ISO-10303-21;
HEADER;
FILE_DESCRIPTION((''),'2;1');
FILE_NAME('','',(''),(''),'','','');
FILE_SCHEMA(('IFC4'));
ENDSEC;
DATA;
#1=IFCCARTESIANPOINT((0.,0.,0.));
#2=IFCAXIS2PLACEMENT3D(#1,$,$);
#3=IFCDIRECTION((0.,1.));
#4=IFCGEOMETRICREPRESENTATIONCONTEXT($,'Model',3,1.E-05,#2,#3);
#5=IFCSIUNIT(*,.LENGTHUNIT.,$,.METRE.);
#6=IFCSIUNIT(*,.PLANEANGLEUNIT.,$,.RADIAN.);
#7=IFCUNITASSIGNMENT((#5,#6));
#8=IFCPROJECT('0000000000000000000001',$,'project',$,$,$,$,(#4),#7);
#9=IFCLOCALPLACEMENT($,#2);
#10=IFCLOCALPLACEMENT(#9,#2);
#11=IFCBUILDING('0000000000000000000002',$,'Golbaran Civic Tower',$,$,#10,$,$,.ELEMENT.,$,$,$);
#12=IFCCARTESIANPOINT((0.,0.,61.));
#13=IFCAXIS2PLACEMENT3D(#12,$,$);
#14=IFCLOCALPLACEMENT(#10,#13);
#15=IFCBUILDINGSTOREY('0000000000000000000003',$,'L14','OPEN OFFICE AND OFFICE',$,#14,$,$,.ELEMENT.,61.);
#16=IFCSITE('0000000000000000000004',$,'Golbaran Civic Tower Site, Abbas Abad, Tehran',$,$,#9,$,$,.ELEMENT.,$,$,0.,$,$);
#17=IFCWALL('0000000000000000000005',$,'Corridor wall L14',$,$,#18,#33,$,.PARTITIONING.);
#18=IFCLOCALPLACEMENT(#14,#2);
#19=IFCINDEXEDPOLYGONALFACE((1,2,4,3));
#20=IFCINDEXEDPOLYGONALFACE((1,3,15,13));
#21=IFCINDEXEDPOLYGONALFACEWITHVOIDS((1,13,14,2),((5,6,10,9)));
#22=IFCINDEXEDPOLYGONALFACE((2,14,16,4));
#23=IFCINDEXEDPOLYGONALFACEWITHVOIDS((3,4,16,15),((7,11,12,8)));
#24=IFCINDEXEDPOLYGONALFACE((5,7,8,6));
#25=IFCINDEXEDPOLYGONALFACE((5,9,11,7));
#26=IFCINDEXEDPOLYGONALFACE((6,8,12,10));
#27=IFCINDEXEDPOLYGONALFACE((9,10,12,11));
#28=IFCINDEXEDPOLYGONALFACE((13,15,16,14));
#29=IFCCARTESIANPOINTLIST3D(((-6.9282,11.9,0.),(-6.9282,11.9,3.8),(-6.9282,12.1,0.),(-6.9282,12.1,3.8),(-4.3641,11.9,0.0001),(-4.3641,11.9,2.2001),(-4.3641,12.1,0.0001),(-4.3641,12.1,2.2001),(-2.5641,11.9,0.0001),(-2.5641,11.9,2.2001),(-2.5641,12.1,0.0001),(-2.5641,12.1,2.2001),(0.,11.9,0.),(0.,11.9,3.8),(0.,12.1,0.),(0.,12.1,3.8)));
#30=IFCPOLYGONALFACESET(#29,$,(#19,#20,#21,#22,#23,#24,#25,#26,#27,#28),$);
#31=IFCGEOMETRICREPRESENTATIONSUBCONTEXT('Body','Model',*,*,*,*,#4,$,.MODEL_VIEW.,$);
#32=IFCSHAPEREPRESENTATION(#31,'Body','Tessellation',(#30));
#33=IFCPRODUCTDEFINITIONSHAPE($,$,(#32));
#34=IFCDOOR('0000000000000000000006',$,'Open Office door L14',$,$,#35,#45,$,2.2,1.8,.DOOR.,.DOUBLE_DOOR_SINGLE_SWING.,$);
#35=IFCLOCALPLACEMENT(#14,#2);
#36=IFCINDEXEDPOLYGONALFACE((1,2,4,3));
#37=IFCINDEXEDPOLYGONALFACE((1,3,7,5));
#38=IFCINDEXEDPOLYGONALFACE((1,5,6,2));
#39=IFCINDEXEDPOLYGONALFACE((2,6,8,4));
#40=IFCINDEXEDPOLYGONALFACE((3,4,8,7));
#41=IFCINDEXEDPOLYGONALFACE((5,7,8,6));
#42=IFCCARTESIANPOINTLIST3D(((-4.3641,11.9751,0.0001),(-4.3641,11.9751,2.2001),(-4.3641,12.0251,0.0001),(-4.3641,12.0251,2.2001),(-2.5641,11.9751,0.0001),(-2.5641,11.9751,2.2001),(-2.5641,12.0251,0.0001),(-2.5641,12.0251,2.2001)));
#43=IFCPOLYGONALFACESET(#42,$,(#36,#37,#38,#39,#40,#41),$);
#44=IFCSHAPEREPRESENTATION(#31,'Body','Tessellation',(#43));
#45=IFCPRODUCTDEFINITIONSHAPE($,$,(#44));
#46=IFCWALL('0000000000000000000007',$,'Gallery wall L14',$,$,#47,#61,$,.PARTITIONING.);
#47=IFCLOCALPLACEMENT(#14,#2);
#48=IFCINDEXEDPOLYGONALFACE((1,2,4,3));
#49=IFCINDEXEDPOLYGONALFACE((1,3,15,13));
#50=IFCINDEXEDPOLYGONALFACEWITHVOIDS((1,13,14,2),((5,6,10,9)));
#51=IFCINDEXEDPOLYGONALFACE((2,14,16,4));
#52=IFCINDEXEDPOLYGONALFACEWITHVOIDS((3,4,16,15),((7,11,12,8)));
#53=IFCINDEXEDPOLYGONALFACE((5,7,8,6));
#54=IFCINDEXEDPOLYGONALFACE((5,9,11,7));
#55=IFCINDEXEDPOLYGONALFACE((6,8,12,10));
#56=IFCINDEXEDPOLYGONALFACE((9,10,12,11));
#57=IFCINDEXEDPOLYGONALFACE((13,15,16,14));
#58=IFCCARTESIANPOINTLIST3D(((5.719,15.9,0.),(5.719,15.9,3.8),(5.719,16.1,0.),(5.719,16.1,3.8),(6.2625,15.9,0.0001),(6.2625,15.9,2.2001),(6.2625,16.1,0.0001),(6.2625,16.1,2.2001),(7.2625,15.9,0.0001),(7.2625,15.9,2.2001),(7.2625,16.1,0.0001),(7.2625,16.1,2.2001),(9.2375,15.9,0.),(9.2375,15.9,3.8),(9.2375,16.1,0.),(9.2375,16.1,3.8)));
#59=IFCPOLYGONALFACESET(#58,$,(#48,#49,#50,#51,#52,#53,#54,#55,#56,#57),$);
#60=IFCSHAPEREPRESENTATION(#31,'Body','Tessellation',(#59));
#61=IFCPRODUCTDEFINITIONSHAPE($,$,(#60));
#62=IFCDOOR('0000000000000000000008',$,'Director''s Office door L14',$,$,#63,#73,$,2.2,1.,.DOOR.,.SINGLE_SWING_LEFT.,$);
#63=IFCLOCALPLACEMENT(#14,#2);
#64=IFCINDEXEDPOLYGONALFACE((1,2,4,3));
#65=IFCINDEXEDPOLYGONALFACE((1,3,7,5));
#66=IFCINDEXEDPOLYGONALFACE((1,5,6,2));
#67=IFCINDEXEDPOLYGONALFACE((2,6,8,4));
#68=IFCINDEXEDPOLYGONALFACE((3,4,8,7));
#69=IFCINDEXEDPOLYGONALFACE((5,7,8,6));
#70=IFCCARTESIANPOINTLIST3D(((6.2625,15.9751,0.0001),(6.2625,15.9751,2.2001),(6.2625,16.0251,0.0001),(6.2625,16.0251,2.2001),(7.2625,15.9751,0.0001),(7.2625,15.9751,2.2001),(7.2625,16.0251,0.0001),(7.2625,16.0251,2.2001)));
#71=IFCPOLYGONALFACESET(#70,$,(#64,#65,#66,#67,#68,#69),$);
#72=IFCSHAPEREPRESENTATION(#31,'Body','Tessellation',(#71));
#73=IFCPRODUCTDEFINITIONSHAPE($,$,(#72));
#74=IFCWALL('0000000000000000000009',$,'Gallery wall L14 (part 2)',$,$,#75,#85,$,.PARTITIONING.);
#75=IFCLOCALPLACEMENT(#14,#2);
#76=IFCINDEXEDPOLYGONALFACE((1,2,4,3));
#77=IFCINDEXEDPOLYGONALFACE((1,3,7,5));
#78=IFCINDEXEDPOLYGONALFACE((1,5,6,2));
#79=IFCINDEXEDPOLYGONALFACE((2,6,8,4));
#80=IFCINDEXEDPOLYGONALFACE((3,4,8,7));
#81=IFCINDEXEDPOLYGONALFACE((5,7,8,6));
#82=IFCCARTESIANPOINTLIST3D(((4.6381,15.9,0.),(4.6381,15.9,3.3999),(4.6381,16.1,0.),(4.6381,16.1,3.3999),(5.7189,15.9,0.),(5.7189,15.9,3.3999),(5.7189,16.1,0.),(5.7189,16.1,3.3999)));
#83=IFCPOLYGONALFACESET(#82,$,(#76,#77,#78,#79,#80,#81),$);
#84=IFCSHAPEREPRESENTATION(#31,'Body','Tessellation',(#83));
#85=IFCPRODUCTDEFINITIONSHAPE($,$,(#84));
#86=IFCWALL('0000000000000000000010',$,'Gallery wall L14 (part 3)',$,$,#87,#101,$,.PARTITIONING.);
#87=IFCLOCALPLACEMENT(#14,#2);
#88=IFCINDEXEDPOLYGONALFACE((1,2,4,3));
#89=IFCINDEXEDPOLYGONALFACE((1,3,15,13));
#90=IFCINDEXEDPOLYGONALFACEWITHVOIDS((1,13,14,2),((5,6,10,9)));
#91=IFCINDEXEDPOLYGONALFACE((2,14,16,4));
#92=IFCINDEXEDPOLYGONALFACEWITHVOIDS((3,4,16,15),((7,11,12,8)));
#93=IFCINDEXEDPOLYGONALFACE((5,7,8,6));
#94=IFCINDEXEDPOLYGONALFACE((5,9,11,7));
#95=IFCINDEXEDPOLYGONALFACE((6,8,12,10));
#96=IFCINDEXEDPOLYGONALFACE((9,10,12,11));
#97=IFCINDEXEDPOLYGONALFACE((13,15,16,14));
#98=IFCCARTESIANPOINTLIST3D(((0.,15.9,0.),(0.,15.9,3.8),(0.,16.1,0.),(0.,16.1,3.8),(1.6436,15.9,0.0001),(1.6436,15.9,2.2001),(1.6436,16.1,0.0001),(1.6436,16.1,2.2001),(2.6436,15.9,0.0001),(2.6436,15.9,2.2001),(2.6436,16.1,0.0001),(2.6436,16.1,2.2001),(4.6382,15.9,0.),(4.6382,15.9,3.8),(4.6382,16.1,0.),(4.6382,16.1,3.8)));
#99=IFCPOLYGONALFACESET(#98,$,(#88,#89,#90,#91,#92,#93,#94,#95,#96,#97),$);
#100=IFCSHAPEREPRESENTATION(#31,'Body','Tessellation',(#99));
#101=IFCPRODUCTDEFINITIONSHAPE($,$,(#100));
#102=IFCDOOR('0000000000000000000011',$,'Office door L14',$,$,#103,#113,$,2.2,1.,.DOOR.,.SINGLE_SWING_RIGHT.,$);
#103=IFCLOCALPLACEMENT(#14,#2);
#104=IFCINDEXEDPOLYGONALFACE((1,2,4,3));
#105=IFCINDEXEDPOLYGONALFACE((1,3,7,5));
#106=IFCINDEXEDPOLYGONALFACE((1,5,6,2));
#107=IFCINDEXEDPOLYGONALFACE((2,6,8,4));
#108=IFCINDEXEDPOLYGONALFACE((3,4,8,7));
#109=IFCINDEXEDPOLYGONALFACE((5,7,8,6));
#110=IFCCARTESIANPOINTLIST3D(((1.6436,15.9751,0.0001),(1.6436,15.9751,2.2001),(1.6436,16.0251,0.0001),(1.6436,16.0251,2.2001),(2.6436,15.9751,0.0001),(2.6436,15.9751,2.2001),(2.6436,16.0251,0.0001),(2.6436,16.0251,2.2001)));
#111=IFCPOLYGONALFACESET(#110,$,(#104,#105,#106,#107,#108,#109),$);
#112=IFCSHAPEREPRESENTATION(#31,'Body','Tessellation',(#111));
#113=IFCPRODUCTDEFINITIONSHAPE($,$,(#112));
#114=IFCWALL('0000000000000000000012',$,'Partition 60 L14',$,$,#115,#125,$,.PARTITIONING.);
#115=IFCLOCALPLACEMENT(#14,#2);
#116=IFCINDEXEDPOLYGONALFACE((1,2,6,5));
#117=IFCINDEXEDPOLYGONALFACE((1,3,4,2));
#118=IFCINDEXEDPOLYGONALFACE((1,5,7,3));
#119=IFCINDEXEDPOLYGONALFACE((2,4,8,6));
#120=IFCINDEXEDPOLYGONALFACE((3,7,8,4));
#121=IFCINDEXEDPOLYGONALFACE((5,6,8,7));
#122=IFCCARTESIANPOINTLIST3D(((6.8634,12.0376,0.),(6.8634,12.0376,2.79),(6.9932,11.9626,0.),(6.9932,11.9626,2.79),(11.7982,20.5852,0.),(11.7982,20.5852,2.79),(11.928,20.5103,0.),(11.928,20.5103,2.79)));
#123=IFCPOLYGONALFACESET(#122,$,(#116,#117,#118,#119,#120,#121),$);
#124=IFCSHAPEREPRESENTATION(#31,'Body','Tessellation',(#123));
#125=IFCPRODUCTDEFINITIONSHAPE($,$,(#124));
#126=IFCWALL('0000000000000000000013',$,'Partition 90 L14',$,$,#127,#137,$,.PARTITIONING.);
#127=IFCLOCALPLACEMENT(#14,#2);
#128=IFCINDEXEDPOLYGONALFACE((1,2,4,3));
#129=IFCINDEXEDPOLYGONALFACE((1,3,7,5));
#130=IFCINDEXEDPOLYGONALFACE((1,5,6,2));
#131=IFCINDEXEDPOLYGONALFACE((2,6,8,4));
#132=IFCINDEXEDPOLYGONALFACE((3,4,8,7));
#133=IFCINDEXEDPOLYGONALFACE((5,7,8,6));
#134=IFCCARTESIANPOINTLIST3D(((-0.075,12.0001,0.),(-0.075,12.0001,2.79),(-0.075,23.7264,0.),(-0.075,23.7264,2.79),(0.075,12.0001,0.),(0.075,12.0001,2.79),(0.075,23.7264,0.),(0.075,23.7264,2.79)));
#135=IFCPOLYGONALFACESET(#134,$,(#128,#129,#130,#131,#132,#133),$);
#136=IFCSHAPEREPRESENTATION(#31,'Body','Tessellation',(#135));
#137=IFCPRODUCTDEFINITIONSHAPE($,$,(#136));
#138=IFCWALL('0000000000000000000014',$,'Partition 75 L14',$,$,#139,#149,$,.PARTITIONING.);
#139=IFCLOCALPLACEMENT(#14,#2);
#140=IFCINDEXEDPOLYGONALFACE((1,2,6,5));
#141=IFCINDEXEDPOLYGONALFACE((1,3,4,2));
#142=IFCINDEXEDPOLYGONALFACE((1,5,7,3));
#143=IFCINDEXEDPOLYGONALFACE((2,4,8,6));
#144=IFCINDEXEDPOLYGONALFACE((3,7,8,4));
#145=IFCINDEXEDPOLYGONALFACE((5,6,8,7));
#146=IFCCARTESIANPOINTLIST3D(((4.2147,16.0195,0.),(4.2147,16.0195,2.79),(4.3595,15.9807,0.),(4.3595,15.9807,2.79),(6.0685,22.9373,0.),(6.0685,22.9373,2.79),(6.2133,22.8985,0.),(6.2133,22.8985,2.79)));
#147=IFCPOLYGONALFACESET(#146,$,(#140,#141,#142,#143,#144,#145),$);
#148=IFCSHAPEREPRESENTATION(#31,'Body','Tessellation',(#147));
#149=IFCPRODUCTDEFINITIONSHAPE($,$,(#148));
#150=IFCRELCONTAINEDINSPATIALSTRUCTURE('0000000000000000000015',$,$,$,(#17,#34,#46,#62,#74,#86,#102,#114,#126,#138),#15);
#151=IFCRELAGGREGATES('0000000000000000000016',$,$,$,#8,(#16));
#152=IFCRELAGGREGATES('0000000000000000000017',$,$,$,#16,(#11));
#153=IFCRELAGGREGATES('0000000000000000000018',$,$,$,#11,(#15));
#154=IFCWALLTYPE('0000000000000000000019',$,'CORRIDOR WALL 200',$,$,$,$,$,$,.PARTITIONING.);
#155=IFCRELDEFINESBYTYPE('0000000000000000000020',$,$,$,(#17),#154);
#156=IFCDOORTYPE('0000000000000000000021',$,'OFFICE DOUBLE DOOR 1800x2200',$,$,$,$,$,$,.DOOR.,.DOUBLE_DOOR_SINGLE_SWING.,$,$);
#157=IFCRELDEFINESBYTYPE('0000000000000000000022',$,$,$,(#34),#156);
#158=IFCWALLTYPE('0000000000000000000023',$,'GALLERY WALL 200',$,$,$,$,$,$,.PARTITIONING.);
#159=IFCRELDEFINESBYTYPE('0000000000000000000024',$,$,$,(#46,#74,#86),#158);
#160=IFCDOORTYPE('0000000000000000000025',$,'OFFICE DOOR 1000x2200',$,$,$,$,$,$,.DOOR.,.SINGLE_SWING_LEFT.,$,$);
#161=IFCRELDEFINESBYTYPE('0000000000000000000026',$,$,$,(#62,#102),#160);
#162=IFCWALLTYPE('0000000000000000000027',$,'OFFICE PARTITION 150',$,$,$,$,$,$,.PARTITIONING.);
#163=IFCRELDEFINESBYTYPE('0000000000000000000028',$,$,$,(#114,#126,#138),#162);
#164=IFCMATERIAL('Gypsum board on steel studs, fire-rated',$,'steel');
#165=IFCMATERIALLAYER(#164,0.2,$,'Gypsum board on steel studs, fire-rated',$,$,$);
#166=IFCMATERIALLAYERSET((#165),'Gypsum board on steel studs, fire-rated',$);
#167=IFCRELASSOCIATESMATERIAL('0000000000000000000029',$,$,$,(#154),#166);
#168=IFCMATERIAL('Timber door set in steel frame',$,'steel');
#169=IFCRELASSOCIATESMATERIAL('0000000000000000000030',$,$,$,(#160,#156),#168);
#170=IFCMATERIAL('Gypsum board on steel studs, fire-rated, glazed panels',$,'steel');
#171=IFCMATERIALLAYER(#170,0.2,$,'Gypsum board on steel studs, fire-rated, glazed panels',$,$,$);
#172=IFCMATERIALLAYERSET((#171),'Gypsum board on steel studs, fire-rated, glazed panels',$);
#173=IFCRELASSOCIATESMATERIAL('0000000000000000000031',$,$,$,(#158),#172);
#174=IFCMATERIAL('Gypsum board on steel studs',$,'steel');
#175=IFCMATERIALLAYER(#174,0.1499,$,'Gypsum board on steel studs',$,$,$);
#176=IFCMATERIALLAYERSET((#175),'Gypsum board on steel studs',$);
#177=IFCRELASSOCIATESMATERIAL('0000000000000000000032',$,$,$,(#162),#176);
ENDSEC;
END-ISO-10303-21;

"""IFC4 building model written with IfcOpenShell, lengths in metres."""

from ifc_helpers import new_model, si_unit, direction, frame, frame_2d, origin, place, context, subcontext, project, spatial, rectangle, extrude, material, layer, layer_set, type_object, element, fill, save


model = new_model("IFC4")

# Units and contexts
model_context = context("Model", 3, precision=1e-05, world=origin(), true_north=direction((0.0, 1.0)))
body_context = subcontext(model_context, "Body", "Model", "MODEL_VIEW")
ifc_project = project(units=[si_unit("LENGTHUNIT", "METRE"), si_unit("PLANEANGLEUNIT", "RADIAN")], contexts=[model_context])

# Site, building, storey
site_placement = place(None, origin())
site = spatial("IfcSite", under=ifc_project, at=site_placement, Name="Golbaran Civic Tower Site, Abbas Abad, Tehran", CompositionType="ELEMENT", RefElevation=0.0)
building_placement = place(site_placement, origin())
building = spatial("IfcBuilding", under=site, at=building_placement, Name="Golbaran Civic Tower", CompositionType="ELEMENT")
storey_placement = place(building_placement, frame((0.0, 0.0, 61.0)))
storey = spatial("IfcBuildingStorey", under=building, at=storey_placement, Name="L14", Description="OPEN OFFICE AND OFFICE", CompositionType="ELEMENT", Elevation=61.0)

# Walls, openings, doors
ifc_material_1 = material(Name="Gypsum board on steel studs, fire-rated", Category="steel")
ifc_layer_1 = layer(ifc_material_1, 0.2, Name="Gypsum board on steel studs, fire-rated")
ifc_layer_set_1 = layer_set([ifc_layer_1], Name="Gypsum board on steel studs, fire-rated")
wall_type_1 = type_object("IfcWallType", Name="CORRIDOR WALL 200", PredefinedType="PARTITIONING", material=ifc_layer_set_1)
ifc_material_2 = material(Name="Timber door set in steel frame", Category="steel")
door_type_1 = type_object("IfcDoorType", Name="OFFICE DOOR 1000x2200", OperationType="SINGLE_SWING_LEFT", PredefinedType="DOOR", material=ifc_material_2)
wall_1_placement = place(storey_placement, frame((0.0, 12.0, 0.0), z_axis=(0.0, 0.0, 1.0), x_axis=(-1.0, 0.0, 0.0)))
wall_1 = element("IfcWall", 1, at=wall_1_placement, inside=storey, type_object=wall_type_1, Name="Corridor wall L14", PredefinedType="PARTITIONING", context=body_context, shape_type="SweptSolid", body=[
    extrude(rectangle(XDim=6.9282, YDim=0.2, at=frame_2d((3.4641, 0.0))), origin(), (0.0, 0.0, 1.0), 3.8),
])
opening_1_placement = place(wall_1_placement, frame((2.5642, 0.0, 0.0)))
opening_1 = element("IfcOpeningElement", 2, at=opening_1_placement, cuts=wall_1, PredefinedType="OPENING", context=body_context, shape_type="SweptSolid", body=[
    extrude(rectangle(XDim=1.8, YDim=2.2, at=frame_2d((0.8999, 1.1001))), frame((0.0, 0.1099, 0.0), z_axis=(0.0, -1.0, 0.0), x_axis=(1.0, 0.0, 0.0)), (0.0, 0.0, 1.0), 0.22),
])
door_type_2 = type_object("IfcDoorType", Name="OFFICE DOUBLE DOOR 1800x2200", OperationType="DOUBLE_DOOR_SINGLE_SWING", PredefinedType="DOOR", material=ifc_material_2)
door_1_placement = place(opening_1_placement, origin())
door_1 = element("IfcDoor", 3, at=door_1_placement, inside=storey, type_object=door_type_2, Name="Open Office door L14", OperationType="DOUBLE_DOOR_SINGLE_SWING", OverallHeight=2.2, OverallWidth=1.8, PredefinedType="DOOR", context=body_context, shape_type="SweptSolid", body=[
    extrude(rectangle(XDim=1.8, YDim=2.2, at=frame_2d((0.8999, 1.1001))), frame((0.0, 0.0249, 0.0), z_axis=(0.0, -1.0, 0.0), x_axis=(1.0, 0.0, 0.0)), (0.0, 0.0, 1.0), 0.05),
])
fill(opening_1, door_1)
ifc_material_3 = material(Name="Gypsum board on steel studs, fire-rated, glazed panels", Category="steel")
ifc_layer_2 = layer(ifc_material_3, 0.2, Name="Gypsum board on steel studs, fire-rated, glazed panels")
ifc_layer_set_2 = layer_set([ifc_layer_2], Name="Gypsum board on steel studs, fire-rated, glazed panels")
wall_type_2 = type_object("IfcWallType", Name="GALLERY WALL 200", PredefinedType="PARTITIONING", material=ifc_layer_set_2)
wall_2_placement = place(storey_placement, frame((9.2375, 16.0, 0.0), z_axis=(0.0, 0.0, 1.0), x_axis=(-1.0, 0.0, 0.0)))
wall_2 = element("IfcWall", 4, at=wall_2_placement, inside=storey, type_object=wall_type_2, Name="Gallery wall L14", PredefinedType="PARTITIONING", context=body_context, shape_type="SweptSolid", body=[
    extrude(rectangle(XDim=3.5186, YDim=0.2, at=frame_2d((1.7593, 0.0))), origin(), (0.0, 0.0, 1.0), 3.8),
])
opening_2_placement = place(wall_2_placement, frame((1.9751, 0.0, 0.0)))
opening_2 = element("IfcOpeningElement", 5, at=opening_2_placement, cuts=wall_2, PredefinedType="OPENING", context=body_context, shape_type="SweptSolid", body=[
    extrude(rectangle(XDim=1.0, YDim=2.2, at=frame_2d((0.5, 1.1001))), frame((0.0, 0.1099, 0.0), z_axis=(0.0, -1.0, 0.0), x_axis=(1.0, 0.0, 0.0)), (0.0, 0.0, 1.0), 0.22),
])
door_2_placement = place(opening_2_placement, origin())
door_2 = element("IfcDoor", 6, at=door_2_placement, inside=storey, type_object=door_type_1, Name="Director's Office door L14", OperationType="SINGLE_SWING_LEFT", OverallHeight=2.2, OverallWidth=1.0, PredefinedType="DOOR", context=body_context, shape_type="SweptSolid", body=[
    extrude(rectangle(XDim=1.0, YDim=2.2, at=frame_2d((0.5, 1.1001))), frame((0.0, 0.0249, 0.0), z_axis=(0.0, -1.0, 0.0), x_axis=(1.0, 0.0, 0.0)), (0.0, 0.0, 1.0), 0.05),
])
fill(opening_2, door_2)

# Wall
wall_3_placement = place(storey_placement, frame((5.719, 16.0, 0.0), z_axis=(0.0, 0.0, 1.0), x_axis=(-1.0, 0.0, 0.0)))
element("IfcWall", 7, at=wall_3_placement, inside=storey, type_object=wall_type_2, Name="Gallery wall L14 (part 2)", PredefinedType="PARTITIONING", context=body_context, shape_type="SweptSolid", body=[
    extrude(rectangle(XDim=1.0808, YDim=0.2, at=frame_2d((0.5405, 0.0))), origin(), (0.0, 0.0, 1.0), 3.3999),
])

# Wall, opening, door
wall_4_placement = place(storey_placement, frame((4.6382, 16.0, 0.0), z_axis=(0.0, 0.0, 1.0), x_axis=(-1.0, 0.0, 0.0)))
wall_4 = element("IfcWall", 8, at=wall_4_placement, inside=storey, type_object=wall_type_2, Name="Gallery wall L14 (part 3)", PredefinedType="PARTITIONING", context=body_context, shape_type="SweptSolid", body=[
    extrude(rectangle(XDim=4.6382, YDim=0.2, at=frame_2d((2.3191, 0.0))), origin(), (0.0, 0.0, 1.0), 3.8),
])
opening_3_placement = place(wall_4_placement, frame((1.9946, 0.0, 0.0)))
opening_3 = element("IfcOpeningElement", 9, at=opening_3_placement, cuts=wall_4, PredefinedType="OPENING", context=body_context, shape_type="SweptSolid", body=[
    extrude(rectangle(XDim=1.0, YDim=2.2, at=frame_2d((0.5, 1.1001))), frame((0.0, 0.1099, 0.0), z_axis=(0.0, -1.0, 0.0), x_axis=(1.0, 0.0, 0.0)), (0.0, 0.0, 1.0), 0.22),
])
door_3_placement = place(opening_3_placement, origin())
door_3 = element("IfcDoor", 10, at=door_3_placement, inside=storey, type_object=door_type_1, Name="Office door L14", OperationType="SINGLE_SWING_RIGHT", OverallHeight=2.2, OverallWidth=1.0, PredefinedType="DOOR", context=body_context, shape_type="SweptSolid", body=[
    extrude(rectangle(XDim=1.0, YDim=2.2, at=frame_2d((0.5, 1.1001))), frame((0.0, 0.0249, 0.0), z_axis=(0.0, -1.0, 0.0), x_axis=(1.0, 0.0, 0.0)), (0.0, 0.0, 1.0), 0.05),
])
fill(opening_3, door_3)

# Walls
ifc_material_4 = material(Name="Gypsum board on steel studs", Category="steel")
ifc_layer_3 = layer(ifc_material_4, 0.1499, Name="Gypsum board on steel studs")
ifc_layer_set_3 = layer_set([ifc_layer_3], Name="Gypsum board on steel studs")
wall_type_3 = type_object("IfcWallType", Name="OFFICE PARTITION 150", PredefinedType="PARTITIONING", material=ifc_layer_set_3)
wall_5_placement = place(storey_placement, frame((6.9282, 12.0, 0.0), z_axis=(0.0, 0.0, 1.0), x_axis=(0.499989, 0.866032, 0.0)))
element("IfcWall", 11, at=wall_5_placement, inside=storey, type_object=wall_type_3, Name="Partition 60 L14", PredefinedType="PARTITIONING", context=body_context, shape_type="SweptSolid", body=[
    extrude(rectangle(XDim=9.8699, YDim=0.1499, at=frame_2d((4.9351, 0.0))), origin(), (0.0, 0.0, 1.0), 2.79),
])
wall_6_placement = place(storey_placement, frame((0.0, 12.0, 0.0), z_axis=(0.0, 0.0, 1.0), x_axis=(0.0, 1.0, 0.0)))
element("IfcWall", 12, at=wall_6_placement, inside=storey, type_object=wall_type_3, Name="Partition 90 L14", PredefinedType="PARTITIONING", context=body_context, shape_type="SweptSolid", body=[
    extrude(rectangle(XDim=11.7263, YDim=0.1499, at=frame_2d((5.8633, 0.0))), origin(), (0.0, 0.0, 1.0), 2.79),
])
wall_7_placement = place(storey_placement, frame((4.2871, 16.0, 0.0), z_axis=(0.0, 0.0, 1.0), x_axis=(0.25884, 0.96592, 0.0)))
element("IfcWall", 13, at=wall_7_placement, inside=storey, type_object=wall_type_3, Name="Partition 75 L14", PredefinedType="PARTITIONING", context=body_context, shape_type="SweptSolid", body=[
    extrude(rectangle(XDim=7.1619, YDim=0.1499, at=frame_2d((3.5811, 0.0))), origin(), (0.0, 0.0, 1.0), 2.79),
])

save(model, "model.ifc")
